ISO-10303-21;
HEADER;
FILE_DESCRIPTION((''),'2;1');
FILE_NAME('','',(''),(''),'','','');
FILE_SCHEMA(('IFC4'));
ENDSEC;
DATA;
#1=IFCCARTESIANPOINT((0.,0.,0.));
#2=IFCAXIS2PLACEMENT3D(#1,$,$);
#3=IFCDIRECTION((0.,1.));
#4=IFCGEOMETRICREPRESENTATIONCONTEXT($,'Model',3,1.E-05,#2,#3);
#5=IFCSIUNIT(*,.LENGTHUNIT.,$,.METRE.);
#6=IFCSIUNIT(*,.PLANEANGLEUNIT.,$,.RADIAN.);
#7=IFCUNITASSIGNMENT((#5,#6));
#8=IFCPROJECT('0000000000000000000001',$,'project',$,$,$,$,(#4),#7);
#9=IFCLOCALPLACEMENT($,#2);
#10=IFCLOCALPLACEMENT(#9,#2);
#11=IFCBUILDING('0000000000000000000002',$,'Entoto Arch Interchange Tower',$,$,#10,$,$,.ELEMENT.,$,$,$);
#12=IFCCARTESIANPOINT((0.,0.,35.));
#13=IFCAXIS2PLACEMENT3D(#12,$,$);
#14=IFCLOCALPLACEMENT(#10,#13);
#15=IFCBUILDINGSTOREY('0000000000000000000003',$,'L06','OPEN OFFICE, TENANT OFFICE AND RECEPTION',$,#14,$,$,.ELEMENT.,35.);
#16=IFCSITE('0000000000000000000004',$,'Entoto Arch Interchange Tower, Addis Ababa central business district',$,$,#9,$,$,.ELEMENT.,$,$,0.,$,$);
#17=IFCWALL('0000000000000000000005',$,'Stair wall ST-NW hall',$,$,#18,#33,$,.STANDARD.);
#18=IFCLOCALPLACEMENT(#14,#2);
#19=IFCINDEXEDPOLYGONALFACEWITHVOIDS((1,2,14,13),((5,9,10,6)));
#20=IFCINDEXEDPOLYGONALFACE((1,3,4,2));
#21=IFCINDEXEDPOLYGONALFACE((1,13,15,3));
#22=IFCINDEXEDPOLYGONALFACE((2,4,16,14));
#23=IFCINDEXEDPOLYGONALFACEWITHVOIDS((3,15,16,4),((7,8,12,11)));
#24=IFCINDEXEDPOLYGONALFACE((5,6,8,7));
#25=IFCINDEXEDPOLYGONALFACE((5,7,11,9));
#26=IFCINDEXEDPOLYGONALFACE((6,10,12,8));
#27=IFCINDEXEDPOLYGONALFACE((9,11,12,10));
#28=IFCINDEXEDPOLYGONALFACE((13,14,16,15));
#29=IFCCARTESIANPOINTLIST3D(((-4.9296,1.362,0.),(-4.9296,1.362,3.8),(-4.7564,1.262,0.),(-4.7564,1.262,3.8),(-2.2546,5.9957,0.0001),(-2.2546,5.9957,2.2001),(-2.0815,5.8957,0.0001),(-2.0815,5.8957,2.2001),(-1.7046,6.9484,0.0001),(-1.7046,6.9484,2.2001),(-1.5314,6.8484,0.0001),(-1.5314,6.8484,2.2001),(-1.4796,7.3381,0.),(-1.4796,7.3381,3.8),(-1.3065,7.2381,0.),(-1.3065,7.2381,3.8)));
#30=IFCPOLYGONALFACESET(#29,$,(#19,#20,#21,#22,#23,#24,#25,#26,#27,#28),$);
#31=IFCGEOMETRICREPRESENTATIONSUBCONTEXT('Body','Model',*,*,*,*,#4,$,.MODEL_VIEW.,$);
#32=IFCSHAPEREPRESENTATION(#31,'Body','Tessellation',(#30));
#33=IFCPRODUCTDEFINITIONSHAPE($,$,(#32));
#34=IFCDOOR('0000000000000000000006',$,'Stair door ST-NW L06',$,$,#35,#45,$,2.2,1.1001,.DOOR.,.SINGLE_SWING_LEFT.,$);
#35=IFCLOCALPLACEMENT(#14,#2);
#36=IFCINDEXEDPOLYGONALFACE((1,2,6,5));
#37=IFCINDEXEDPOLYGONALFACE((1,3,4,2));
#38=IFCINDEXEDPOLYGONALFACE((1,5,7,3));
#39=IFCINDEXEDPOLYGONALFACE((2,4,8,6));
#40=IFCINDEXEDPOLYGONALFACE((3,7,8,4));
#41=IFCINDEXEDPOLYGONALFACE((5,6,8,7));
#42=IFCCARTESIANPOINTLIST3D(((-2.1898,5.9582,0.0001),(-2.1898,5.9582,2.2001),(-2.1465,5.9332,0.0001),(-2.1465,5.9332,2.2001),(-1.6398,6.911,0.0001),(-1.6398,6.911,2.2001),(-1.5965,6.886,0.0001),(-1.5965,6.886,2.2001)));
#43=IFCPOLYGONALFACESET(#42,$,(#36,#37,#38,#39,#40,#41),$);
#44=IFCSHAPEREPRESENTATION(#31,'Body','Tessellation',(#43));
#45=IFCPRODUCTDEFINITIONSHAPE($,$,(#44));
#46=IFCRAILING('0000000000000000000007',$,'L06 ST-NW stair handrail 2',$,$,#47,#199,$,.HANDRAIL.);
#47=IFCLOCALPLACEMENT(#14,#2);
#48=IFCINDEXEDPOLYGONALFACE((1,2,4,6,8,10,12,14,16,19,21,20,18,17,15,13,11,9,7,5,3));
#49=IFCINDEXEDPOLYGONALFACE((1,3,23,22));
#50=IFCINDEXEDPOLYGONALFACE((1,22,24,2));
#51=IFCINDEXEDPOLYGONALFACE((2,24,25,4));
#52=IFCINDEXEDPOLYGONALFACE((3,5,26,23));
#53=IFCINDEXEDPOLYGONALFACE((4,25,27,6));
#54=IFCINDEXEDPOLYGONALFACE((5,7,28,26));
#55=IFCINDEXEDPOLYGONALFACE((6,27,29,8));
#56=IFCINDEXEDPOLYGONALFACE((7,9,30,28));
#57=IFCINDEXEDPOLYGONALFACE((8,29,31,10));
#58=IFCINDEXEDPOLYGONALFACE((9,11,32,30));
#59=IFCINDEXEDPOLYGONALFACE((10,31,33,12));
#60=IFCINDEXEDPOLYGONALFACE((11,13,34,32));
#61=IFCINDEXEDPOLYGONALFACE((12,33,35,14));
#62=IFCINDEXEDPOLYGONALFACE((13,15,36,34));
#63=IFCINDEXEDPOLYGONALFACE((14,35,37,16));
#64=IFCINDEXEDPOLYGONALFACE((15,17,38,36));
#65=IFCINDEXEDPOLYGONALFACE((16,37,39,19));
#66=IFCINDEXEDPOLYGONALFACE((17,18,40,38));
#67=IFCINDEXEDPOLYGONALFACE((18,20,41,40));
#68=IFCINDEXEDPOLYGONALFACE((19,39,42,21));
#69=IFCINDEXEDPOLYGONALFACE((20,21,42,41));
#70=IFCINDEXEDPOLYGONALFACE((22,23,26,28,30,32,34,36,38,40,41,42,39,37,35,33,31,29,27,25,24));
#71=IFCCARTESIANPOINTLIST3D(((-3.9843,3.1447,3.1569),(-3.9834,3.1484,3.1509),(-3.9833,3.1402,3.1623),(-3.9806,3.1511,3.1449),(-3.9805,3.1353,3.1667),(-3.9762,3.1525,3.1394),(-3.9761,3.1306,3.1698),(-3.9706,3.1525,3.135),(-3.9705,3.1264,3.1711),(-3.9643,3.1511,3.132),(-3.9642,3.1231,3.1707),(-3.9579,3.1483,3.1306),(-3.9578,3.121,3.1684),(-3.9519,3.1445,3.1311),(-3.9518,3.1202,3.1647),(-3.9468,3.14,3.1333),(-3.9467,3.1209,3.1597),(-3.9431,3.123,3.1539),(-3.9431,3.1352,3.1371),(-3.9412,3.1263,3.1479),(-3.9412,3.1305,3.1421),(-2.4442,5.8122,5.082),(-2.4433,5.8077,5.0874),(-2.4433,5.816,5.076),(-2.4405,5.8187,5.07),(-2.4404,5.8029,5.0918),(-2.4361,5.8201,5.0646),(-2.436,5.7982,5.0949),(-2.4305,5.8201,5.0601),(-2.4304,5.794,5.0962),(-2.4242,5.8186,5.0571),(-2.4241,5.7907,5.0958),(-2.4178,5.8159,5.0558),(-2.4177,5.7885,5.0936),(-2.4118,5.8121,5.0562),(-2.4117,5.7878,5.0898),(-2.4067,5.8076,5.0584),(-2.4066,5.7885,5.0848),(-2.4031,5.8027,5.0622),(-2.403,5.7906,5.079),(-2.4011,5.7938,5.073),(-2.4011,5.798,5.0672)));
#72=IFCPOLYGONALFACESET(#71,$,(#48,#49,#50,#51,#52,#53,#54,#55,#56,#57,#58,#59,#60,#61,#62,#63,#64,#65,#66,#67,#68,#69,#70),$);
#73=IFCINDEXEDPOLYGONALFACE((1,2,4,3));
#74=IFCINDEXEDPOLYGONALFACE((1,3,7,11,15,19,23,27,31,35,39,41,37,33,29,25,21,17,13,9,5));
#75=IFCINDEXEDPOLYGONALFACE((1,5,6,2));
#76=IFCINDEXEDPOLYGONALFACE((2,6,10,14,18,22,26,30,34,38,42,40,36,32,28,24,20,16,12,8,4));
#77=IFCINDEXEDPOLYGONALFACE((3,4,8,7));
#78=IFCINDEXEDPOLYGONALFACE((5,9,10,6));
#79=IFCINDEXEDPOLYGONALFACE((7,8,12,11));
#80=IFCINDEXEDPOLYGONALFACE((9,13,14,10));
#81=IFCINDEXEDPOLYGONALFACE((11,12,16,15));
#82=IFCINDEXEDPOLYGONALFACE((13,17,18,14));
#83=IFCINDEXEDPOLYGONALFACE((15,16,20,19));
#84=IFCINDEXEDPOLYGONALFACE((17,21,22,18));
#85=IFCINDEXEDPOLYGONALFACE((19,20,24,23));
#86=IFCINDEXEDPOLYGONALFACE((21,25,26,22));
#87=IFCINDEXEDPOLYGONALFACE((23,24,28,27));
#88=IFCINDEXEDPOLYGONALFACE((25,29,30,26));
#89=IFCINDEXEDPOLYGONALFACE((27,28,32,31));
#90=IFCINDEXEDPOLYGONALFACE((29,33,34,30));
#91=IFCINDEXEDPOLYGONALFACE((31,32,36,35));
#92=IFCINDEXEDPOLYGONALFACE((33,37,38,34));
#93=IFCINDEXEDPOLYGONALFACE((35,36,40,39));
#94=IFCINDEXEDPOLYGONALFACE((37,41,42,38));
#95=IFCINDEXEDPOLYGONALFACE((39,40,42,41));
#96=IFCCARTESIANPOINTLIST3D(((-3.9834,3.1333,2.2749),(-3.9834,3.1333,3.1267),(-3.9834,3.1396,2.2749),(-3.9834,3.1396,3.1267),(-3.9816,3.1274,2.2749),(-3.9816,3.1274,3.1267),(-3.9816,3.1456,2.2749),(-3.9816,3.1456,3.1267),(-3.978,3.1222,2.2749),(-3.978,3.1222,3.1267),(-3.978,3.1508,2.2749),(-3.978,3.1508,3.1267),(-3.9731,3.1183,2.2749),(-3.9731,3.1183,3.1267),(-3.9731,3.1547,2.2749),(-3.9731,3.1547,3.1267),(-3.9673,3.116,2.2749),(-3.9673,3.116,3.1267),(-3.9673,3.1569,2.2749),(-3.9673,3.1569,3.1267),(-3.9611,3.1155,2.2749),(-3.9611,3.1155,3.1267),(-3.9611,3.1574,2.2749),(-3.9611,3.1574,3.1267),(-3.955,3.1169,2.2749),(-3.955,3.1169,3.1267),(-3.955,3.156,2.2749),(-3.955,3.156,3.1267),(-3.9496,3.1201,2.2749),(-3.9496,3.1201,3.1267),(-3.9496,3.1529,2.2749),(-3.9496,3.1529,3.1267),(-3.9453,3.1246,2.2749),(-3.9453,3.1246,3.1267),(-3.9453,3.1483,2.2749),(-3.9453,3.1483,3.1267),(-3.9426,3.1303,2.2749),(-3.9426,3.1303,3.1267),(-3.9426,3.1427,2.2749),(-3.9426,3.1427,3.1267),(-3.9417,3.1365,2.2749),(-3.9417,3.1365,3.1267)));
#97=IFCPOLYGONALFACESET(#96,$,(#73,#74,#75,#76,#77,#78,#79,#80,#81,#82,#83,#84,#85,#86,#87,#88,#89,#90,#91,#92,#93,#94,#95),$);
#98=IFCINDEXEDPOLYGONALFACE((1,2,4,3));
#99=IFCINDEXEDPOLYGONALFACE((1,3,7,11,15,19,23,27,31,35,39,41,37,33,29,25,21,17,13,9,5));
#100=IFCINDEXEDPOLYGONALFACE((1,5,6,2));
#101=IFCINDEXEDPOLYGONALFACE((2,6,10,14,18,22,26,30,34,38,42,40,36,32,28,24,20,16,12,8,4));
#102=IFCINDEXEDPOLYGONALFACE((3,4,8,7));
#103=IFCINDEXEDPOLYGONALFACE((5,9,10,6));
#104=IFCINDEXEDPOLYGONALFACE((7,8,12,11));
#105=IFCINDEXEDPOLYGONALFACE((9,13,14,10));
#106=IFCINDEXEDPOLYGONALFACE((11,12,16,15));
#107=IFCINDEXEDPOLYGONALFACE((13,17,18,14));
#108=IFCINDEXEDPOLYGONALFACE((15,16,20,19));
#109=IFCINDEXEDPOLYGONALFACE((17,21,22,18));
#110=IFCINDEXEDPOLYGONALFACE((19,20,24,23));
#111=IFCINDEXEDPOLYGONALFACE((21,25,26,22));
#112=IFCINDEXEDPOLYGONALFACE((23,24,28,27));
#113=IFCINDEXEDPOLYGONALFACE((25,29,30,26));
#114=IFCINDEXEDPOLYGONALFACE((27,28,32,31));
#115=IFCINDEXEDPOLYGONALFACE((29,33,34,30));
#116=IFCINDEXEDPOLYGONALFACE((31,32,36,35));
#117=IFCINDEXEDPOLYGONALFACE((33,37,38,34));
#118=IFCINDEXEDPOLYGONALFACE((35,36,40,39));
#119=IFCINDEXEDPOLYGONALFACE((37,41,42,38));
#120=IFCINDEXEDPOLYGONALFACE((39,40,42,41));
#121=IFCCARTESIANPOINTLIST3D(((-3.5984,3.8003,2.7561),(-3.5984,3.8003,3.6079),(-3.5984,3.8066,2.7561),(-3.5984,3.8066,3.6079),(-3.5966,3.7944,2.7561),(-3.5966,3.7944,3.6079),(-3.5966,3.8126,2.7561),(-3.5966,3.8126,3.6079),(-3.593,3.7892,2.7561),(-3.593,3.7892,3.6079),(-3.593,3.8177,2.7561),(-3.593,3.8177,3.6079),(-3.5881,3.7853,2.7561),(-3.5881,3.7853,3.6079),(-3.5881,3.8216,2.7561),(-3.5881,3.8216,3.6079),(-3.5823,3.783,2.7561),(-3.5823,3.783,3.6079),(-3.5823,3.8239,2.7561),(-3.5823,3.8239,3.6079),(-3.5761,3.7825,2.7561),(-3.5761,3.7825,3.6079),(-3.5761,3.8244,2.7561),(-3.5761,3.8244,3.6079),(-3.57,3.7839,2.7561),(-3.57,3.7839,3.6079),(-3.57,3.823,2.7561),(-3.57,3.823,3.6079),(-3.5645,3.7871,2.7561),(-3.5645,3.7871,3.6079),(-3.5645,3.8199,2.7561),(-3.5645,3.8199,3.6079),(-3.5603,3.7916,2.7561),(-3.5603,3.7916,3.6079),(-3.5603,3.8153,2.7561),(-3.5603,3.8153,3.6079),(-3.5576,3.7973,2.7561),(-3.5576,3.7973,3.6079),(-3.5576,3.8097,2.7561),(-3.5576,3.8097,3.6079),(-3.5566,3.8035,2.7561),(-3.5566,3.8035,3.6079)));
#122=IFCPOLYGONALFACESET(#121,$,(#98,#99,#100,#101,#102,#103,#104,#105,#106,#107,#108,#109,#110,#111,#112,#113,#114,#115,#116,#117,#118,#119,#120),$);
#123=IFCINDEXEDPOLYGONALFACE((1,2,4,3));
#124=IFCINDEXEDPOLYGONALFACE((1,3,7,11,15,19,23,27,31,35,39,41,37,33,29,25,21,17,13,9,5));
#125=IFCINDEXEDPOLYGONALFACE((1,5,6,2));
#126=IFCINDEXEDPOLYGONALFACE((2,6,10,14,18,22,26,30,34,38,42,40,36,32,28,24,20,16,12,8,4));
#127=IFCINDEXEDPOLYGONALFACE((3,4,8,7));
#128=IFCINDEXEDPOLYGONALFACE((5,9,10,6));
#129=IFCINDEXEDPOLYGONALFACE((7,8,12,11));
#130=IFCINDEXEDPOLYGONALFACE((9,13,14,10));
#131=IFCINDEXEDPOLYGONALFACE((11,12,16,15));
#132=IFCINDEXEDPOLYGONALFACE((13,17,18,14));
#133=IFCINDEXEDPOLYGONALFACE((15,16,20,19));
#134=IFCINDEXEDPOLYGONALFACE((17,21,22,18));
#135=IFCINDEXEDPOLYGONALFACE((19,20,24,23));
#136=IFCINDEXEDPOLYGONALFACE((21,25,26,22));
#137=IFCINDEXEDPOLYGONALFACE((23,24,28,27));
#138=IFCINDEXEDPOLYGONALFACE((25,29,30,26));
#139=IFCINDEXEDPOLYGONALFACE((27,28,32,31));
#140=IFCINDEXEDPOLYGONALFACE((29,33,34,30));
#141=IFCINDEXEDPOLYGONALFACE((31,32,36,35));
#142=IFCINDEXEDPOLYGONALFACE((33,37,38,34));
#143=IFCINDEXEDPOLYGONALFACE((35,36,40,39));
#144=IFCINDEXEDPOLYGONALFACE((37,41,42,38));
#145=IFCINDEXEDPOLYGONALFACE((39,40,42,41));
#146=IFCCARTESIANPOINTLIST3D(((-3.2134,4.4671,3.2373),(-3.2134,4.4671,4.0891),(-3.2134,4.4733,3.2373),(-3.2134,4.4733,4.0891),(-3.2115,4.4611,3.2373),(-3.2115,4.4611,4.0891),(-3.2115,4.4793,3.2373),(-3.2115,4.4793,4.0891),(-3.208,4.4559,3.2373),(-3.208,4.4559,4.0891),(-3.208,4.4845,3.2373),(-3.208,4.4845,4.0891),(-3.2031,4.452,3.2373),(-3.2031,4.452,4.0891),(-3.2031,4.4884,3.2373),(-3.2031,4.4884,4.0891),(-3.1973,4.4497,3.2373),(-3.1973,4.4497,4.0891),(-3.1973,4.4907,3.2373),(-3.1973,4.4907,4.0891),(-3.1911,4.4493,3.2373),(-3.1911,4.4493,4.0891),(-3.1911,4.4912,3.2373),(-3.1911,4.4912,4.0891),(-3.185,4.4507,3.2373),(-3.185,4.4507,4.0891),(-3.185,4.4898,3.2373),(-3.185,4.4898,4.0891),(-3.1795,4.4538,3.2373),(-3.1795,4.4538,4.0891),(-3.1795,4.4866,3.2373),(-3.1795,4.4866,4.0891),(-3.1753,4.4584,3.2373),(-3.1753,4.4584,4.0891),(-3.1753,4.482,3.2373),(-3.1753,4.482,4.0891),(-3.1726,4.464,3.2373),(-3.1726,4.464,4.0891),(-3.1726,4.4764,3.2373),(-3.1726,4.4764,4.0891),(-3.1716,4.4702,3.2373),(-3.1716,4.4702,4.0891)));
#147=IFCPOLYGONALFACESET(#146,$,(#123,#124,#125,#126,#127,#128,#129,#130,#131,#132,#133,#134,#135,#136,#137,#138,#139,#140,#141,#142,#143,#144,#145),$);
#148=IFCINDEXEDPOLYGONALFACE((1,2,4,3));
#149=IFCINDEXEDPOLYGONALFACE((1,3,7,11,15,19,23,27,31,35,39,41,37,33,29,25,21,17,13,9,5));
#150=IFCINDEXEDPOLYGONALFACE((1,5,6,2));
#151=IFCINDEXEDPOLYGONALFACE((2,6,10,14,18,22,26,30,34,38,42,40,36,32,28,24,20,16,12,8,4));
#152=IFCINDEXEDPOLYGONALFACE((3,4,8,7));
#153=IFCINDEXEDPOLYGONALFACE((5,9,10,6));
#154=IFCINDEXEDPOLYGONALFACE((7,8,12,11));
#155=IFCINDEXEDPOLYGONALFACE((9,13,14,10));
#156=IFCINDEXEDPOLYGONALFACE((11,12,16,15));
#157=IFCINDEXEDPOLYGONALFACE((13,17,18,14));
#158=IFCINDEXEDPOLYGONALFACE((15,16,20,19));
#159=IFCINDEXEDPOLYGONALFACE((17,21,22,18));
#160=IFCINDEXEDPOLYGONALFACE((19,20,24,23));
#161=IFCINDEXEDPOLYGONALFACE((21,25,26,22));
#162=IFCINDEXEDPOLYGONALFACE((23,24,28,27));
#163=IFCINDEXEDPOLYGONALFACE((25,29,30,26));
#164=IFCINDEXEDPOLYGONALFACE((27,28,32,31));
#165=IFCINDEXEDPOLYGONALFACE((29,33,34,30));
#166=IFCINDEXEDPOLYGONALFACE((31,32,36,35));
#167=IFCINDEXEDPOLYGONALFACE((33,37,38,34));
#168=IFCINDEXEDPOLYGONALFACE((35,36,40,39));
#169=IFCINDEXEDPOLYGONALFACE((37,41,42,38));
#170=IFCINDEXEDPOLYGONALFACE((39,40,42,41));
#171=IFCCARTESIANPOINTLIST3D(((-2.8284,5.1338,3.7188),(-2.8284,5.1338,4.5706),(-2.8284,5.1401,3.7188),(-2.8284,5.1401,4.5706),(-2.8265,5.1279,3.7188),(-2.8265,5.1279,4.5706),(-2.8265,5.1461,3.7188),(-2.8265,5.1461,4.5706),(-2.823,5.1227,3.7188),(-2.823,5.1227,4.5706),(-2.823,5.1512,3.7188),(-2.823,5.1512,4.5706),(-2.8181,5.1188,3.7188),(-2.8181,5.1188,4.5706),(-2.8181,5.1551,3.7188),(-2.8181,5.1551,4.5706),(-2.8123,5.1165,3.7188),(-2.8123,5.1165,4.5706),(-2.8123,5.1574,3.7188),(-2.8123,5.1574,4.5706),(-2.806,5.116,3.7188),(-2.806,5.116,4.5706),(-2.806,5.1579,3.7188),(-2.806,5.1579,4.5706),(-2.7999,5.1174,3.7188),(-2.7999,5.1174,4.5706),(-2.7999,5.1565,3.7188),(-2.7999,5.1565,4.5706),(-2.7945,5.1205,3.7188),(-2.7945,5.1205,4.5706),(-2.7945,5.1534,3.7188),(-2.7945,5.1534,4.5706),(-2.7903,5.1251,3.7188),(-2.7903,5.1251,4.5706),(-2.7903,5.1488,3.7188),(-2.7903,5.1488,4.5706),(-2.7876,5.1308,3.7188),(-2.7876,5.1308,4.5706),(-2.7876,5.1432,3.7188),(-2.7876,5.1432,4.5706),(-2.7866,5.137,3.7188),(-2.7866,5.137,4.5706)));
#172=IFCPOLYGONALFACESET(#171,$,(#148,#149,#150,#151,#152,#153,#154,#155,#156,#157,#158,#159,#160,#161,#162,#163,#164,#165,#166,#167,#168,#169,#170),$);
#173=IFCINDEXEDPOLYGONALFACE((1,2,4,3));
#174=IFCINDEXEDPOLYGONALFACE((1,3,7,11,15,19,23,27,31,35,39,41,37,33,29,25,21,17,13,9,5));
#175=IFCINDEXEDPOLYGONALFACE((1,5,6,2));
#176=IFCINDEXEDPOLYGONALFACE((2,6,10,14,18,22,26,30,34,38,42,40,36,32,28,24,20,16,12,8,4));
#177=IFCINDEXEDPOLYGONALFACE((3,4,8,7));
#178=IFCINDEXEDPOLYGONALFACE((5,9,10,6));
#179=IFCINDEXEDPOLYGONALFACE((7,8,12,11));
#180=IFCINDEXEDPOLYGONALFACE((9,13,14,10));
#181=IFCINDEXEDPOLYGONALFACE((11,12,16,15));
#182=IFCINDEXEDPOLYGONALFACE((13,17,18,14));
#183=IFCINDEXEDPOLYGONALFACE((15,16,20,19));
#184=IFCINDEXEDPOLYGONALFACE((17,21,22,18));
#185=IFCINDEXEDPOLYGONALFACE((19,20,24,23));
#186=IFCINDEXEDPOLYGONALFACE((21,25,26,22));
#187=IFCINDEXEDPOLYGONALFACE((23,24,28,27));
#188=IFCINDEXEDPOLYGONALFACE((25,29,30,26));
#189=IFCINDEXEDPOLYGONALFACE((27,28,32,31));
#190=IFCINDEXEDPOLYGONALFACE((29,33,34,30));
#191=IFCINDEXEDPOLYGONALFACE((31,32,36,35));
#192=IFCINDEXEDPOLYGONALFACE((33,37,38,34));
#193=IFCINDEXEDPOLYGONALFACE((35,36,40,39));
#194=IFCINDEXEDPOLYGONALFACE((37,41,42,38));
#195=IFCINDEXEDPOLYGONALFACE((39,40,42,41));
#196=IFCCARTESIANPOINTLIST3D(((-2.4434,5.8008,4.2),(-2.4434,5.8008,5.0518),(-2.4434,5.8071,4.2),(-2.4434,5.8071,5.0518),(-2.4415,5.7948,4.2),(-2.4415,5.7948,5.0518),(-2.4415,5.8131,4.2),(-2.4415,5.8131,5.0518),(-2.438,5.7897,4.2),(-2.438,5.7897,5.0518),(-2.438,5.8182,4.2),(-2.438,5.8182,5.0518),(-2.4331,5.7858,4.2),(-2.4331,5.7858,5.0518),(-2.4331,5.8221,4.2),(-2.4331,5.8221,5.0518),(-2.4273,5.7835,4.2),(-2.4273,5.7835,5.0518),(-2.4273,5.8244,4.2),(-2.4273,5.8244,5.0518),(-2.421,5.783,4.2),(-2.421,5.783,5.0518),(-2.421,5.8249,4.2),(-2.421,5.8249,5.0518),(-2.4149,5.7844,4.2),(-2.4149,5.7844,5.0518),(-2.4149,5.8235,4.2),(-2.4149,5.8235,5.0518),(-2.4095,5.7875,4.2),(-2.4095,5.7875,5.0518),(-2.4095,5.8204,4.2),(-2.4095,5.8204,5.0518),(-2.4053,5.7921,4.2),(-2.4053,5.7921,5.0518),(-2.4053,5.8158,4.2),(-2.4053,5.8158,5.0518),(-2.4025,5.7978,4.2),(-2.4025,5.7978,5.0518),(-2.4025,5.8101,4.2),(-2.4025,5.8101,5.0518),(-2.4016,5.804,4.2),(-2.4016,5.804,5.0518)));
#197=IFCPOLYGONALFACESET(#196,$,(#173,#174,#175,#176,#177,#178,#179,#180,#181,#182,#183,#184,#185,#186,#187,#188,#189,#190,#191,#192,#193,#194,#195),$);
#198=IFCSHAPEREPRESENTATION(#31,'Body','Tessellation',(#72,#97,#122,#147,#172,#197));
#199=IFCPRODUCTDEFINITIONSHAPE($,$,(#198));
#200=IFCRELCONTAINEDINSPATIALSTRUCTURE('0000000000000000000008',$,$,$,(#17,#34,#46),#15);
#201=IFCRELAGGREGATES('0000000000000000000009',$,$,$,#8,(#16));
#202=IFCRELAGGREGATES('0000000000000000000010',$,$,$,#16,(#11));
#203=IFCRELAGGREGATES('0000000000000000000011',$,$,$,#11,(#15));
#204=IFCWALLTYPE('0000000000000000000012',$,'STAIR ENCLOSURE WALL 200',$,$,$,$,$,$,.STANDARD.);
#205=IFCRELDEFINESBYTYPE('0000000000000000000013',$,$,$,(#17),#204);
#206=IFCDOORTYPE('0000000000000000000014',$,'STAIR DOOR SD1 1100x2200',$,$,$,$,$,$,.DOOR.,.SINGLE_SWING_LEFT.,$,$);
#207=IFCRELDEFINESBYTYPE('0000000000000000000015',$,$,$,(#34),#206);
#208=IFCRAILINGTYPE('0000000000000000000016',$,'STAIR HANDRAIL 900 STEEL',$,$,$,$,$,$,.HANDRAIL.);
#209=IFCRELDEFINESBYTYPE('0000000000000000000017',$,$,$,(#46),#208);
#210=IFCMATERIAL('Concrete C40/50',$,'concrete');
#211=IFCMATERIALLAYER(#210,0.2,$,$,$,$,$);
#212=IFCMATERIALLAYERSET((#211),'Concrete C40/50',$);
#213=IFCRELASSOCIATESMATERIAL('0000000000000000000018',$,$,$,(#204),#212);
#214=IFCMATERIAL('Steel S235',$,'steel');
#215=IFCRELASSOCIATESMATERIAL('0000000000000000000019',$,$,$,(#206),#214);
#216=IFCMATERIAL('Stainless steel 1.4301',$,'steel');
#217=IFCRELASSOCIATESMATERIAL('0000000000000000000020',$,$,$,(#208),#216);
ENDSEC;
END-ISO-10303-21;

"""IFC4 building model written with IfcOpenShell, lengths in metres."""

from ifc_helpers import new_model, si_unit, direction, frame, frame_2d, origin, origin_2d, place, context, subcontext, project, spatial, rectangle, circle, extrude, material, layer, layer_set, type_object, element, fill, save


model = new_model("IFC4")

# Units and contexts
model_context = context("Model", 3, precision=1e-05, world=origin(), true_north=direction((0.0, 1.0)))
body_context = subcontext(model_context, "Body", "Model", "MODEL_VIEW")
ifc_project = project(units=[si_unit("LENGTHUNIT", "METRE"), si_unit("PLANEANGLEUNIT", "RADIAN")], contexts=[model_context])

# Site, building, storey
site_placement = place(None, origin())
site = spatial("IfcSite", under=ifc_project, at=site_placement, Name="Entoto Arch Interchange Tower, Addis Ababa central business district", CompositionType="ELEMENT", RefElevation=0.0)
building_placement = place(site_placement, origin())
building = spatial("IfcBuilding", under=site, at=building_placement, Name="Entoto Arch Interchange Tower", CompositionType="ELEMENT")
storey_placement = place(building_placement, frame((0.0, 0.0, 35.0)))
storey = spatial("IfcBuildingStorey", under=building, at=storey_placement, Name="L06", Description="OPEN OFFICE, TENANT OFFICE AND RECEPTION", CompositionType="ELEMENT", Elevation=35.0)

# Wall, opening, door
ifc_material_1 = material(Name="Concrete C40/50", Category="concrete")
ifc_layer_1 = layer(ifc_material_1, 0.2)
ifc_layer_set_1 = layer_set([ifc_layer_1], Name="Concrete C40/50")
wall_type_1 = type_object("IfcWallType", Name="STAIR ENCLOSURE WALL 200", PredefinedType="STANDARD", material=ifc_layer_set_1)
ifc_material_2 = material(Name="Steel S235", Category="steel")
door_type_1 = type_object("IfcDoorType", Name="STAIR DOOR SD1 1100x2200", OperationType="SINGLE_SWING_LEFT", PredefinedType="DOOR", material=ifc_material_2)
wall_1_placement = place(storey_placement, frame((-1.3931, 7.2881, 0.0), z_axis=(0.0, 0.0, 1.0), x_axis=(-0.499963, -0.866047, 0.0)))
wall_1 = element("IfcWall", 1, at=wall_1_placement, inside=storey, type_object=wall_type_1, Name="Stair wall ST-NW hall", PredefinedType="STANDARD", context=body_context, shape_type="SweptSolid", body=[
    extrude(rectangle(XDim=6.9004, YDim=0.2, at=frame_2d((3.4502, 0.0))), origin(), (0.0, 0.0, 1.0), 3.8),
])
opening_1_placement = place(wall_1_placement, frame((0.45, 0.0, 0.0)))
opening_1 = element("IfcOpeningElement", 2, at=opening_1_placement, cuts=wall_1, PredefinedType="OPENING", context=body_context, shape_type="SweptSolid", body=[
    extrude(rectangle(XDim=1.1001, YDim=2.2, at=frame_2d((0.55, 1.1001))), frame((0.0, 0.1099, 0.0), z_axis=(0.0, -1.0, 0.0), x_axis=(1.0, 0.0, 0.0)), (0.0, 0.0, 1.0), 0.22),
])
door_1_placement = place(opening_1_placement, origin())
door_1 = element("IfcDoor", 3, at=door_1_placement, inside=storey, type_object=door_type_1, Name="Stair door ST-NW L06", OperationType="SINGLE_SWING_LEFT", OverallHeight=2.2, OverallWidth=1.1001, PredefinedType="DOOR", context=body_context, shape_type="SweptSolid", body=[
    extrude(rectangle(XDim=1.1001, YDim=2.2, at=frame_2d((0.55, 1.1001))), frame((0.0, 0.0249, 0.0), z_axis=(0.0, -1.0, 0.0), x_axis=(1.0, 0.0, 0.0)), (0.0, 0.0, 1.0), 0.05),
])
fill(opening_1, door_1)

# Railing
ifc_material_3 = material(Name="Stainless steel 1.4301", Category="steel")
railing_type = type_object("IfcRailingType", Name="STAIR HANDRAIL 900 STEEL", PredefinedType="HANDRAIL", material=ifc_material_3)
railing_placement = place(storey_placement, frame((-3.9626, 3.1365, 2.2749)))
element("IfcRailing", 4, at=railing_placement, inside=storey, type_object=railing_type, Name="L06 ST-NW stair handrail 2", PredefinedType="HANDRAIL", context=body_context, shape_type="SweptSolid", body=[
    extrude(circle(Radius=0.0239, at=origin_2d()), frame((0.0, 0.0, 0.876), z_axis=(0.423994, 0.734395, 0.529993), x_axis=(-0.86603, 0.499992, 0.0)), (0.0, 0.0, 1.0), 3.6323),
    extrude(circle(Radius=0.021, at=origin_2d()), origin(), (0.0, 0.0, 1.0), 0.8518),
    extrude(circle(Radius=0.021, at=origin_2d()), frame((0.385, 0.667, 0.4812)), (0.0, 0.0, 1.0), 0.8518),
    extrude(circle(Radius=0.021, at=origin_2d()), frame((0.77, 1.3337, 0.9624)), (0.0, 0.0, 1.0), 0.8518),
    extrude(circle(Radius=0.021, at=origin_2d()), frame((1.155, 2.0005, 1.4438)), (0.0, 0.0, 1.0), 0.8518),
    extrude(circle(Radius=0.021, at=origin_2d()), frame((1.54, 2.6675, 1.925)), (0.0, 0.0, 1.0), 0.8518),
])

save(model, "model.ifc")
